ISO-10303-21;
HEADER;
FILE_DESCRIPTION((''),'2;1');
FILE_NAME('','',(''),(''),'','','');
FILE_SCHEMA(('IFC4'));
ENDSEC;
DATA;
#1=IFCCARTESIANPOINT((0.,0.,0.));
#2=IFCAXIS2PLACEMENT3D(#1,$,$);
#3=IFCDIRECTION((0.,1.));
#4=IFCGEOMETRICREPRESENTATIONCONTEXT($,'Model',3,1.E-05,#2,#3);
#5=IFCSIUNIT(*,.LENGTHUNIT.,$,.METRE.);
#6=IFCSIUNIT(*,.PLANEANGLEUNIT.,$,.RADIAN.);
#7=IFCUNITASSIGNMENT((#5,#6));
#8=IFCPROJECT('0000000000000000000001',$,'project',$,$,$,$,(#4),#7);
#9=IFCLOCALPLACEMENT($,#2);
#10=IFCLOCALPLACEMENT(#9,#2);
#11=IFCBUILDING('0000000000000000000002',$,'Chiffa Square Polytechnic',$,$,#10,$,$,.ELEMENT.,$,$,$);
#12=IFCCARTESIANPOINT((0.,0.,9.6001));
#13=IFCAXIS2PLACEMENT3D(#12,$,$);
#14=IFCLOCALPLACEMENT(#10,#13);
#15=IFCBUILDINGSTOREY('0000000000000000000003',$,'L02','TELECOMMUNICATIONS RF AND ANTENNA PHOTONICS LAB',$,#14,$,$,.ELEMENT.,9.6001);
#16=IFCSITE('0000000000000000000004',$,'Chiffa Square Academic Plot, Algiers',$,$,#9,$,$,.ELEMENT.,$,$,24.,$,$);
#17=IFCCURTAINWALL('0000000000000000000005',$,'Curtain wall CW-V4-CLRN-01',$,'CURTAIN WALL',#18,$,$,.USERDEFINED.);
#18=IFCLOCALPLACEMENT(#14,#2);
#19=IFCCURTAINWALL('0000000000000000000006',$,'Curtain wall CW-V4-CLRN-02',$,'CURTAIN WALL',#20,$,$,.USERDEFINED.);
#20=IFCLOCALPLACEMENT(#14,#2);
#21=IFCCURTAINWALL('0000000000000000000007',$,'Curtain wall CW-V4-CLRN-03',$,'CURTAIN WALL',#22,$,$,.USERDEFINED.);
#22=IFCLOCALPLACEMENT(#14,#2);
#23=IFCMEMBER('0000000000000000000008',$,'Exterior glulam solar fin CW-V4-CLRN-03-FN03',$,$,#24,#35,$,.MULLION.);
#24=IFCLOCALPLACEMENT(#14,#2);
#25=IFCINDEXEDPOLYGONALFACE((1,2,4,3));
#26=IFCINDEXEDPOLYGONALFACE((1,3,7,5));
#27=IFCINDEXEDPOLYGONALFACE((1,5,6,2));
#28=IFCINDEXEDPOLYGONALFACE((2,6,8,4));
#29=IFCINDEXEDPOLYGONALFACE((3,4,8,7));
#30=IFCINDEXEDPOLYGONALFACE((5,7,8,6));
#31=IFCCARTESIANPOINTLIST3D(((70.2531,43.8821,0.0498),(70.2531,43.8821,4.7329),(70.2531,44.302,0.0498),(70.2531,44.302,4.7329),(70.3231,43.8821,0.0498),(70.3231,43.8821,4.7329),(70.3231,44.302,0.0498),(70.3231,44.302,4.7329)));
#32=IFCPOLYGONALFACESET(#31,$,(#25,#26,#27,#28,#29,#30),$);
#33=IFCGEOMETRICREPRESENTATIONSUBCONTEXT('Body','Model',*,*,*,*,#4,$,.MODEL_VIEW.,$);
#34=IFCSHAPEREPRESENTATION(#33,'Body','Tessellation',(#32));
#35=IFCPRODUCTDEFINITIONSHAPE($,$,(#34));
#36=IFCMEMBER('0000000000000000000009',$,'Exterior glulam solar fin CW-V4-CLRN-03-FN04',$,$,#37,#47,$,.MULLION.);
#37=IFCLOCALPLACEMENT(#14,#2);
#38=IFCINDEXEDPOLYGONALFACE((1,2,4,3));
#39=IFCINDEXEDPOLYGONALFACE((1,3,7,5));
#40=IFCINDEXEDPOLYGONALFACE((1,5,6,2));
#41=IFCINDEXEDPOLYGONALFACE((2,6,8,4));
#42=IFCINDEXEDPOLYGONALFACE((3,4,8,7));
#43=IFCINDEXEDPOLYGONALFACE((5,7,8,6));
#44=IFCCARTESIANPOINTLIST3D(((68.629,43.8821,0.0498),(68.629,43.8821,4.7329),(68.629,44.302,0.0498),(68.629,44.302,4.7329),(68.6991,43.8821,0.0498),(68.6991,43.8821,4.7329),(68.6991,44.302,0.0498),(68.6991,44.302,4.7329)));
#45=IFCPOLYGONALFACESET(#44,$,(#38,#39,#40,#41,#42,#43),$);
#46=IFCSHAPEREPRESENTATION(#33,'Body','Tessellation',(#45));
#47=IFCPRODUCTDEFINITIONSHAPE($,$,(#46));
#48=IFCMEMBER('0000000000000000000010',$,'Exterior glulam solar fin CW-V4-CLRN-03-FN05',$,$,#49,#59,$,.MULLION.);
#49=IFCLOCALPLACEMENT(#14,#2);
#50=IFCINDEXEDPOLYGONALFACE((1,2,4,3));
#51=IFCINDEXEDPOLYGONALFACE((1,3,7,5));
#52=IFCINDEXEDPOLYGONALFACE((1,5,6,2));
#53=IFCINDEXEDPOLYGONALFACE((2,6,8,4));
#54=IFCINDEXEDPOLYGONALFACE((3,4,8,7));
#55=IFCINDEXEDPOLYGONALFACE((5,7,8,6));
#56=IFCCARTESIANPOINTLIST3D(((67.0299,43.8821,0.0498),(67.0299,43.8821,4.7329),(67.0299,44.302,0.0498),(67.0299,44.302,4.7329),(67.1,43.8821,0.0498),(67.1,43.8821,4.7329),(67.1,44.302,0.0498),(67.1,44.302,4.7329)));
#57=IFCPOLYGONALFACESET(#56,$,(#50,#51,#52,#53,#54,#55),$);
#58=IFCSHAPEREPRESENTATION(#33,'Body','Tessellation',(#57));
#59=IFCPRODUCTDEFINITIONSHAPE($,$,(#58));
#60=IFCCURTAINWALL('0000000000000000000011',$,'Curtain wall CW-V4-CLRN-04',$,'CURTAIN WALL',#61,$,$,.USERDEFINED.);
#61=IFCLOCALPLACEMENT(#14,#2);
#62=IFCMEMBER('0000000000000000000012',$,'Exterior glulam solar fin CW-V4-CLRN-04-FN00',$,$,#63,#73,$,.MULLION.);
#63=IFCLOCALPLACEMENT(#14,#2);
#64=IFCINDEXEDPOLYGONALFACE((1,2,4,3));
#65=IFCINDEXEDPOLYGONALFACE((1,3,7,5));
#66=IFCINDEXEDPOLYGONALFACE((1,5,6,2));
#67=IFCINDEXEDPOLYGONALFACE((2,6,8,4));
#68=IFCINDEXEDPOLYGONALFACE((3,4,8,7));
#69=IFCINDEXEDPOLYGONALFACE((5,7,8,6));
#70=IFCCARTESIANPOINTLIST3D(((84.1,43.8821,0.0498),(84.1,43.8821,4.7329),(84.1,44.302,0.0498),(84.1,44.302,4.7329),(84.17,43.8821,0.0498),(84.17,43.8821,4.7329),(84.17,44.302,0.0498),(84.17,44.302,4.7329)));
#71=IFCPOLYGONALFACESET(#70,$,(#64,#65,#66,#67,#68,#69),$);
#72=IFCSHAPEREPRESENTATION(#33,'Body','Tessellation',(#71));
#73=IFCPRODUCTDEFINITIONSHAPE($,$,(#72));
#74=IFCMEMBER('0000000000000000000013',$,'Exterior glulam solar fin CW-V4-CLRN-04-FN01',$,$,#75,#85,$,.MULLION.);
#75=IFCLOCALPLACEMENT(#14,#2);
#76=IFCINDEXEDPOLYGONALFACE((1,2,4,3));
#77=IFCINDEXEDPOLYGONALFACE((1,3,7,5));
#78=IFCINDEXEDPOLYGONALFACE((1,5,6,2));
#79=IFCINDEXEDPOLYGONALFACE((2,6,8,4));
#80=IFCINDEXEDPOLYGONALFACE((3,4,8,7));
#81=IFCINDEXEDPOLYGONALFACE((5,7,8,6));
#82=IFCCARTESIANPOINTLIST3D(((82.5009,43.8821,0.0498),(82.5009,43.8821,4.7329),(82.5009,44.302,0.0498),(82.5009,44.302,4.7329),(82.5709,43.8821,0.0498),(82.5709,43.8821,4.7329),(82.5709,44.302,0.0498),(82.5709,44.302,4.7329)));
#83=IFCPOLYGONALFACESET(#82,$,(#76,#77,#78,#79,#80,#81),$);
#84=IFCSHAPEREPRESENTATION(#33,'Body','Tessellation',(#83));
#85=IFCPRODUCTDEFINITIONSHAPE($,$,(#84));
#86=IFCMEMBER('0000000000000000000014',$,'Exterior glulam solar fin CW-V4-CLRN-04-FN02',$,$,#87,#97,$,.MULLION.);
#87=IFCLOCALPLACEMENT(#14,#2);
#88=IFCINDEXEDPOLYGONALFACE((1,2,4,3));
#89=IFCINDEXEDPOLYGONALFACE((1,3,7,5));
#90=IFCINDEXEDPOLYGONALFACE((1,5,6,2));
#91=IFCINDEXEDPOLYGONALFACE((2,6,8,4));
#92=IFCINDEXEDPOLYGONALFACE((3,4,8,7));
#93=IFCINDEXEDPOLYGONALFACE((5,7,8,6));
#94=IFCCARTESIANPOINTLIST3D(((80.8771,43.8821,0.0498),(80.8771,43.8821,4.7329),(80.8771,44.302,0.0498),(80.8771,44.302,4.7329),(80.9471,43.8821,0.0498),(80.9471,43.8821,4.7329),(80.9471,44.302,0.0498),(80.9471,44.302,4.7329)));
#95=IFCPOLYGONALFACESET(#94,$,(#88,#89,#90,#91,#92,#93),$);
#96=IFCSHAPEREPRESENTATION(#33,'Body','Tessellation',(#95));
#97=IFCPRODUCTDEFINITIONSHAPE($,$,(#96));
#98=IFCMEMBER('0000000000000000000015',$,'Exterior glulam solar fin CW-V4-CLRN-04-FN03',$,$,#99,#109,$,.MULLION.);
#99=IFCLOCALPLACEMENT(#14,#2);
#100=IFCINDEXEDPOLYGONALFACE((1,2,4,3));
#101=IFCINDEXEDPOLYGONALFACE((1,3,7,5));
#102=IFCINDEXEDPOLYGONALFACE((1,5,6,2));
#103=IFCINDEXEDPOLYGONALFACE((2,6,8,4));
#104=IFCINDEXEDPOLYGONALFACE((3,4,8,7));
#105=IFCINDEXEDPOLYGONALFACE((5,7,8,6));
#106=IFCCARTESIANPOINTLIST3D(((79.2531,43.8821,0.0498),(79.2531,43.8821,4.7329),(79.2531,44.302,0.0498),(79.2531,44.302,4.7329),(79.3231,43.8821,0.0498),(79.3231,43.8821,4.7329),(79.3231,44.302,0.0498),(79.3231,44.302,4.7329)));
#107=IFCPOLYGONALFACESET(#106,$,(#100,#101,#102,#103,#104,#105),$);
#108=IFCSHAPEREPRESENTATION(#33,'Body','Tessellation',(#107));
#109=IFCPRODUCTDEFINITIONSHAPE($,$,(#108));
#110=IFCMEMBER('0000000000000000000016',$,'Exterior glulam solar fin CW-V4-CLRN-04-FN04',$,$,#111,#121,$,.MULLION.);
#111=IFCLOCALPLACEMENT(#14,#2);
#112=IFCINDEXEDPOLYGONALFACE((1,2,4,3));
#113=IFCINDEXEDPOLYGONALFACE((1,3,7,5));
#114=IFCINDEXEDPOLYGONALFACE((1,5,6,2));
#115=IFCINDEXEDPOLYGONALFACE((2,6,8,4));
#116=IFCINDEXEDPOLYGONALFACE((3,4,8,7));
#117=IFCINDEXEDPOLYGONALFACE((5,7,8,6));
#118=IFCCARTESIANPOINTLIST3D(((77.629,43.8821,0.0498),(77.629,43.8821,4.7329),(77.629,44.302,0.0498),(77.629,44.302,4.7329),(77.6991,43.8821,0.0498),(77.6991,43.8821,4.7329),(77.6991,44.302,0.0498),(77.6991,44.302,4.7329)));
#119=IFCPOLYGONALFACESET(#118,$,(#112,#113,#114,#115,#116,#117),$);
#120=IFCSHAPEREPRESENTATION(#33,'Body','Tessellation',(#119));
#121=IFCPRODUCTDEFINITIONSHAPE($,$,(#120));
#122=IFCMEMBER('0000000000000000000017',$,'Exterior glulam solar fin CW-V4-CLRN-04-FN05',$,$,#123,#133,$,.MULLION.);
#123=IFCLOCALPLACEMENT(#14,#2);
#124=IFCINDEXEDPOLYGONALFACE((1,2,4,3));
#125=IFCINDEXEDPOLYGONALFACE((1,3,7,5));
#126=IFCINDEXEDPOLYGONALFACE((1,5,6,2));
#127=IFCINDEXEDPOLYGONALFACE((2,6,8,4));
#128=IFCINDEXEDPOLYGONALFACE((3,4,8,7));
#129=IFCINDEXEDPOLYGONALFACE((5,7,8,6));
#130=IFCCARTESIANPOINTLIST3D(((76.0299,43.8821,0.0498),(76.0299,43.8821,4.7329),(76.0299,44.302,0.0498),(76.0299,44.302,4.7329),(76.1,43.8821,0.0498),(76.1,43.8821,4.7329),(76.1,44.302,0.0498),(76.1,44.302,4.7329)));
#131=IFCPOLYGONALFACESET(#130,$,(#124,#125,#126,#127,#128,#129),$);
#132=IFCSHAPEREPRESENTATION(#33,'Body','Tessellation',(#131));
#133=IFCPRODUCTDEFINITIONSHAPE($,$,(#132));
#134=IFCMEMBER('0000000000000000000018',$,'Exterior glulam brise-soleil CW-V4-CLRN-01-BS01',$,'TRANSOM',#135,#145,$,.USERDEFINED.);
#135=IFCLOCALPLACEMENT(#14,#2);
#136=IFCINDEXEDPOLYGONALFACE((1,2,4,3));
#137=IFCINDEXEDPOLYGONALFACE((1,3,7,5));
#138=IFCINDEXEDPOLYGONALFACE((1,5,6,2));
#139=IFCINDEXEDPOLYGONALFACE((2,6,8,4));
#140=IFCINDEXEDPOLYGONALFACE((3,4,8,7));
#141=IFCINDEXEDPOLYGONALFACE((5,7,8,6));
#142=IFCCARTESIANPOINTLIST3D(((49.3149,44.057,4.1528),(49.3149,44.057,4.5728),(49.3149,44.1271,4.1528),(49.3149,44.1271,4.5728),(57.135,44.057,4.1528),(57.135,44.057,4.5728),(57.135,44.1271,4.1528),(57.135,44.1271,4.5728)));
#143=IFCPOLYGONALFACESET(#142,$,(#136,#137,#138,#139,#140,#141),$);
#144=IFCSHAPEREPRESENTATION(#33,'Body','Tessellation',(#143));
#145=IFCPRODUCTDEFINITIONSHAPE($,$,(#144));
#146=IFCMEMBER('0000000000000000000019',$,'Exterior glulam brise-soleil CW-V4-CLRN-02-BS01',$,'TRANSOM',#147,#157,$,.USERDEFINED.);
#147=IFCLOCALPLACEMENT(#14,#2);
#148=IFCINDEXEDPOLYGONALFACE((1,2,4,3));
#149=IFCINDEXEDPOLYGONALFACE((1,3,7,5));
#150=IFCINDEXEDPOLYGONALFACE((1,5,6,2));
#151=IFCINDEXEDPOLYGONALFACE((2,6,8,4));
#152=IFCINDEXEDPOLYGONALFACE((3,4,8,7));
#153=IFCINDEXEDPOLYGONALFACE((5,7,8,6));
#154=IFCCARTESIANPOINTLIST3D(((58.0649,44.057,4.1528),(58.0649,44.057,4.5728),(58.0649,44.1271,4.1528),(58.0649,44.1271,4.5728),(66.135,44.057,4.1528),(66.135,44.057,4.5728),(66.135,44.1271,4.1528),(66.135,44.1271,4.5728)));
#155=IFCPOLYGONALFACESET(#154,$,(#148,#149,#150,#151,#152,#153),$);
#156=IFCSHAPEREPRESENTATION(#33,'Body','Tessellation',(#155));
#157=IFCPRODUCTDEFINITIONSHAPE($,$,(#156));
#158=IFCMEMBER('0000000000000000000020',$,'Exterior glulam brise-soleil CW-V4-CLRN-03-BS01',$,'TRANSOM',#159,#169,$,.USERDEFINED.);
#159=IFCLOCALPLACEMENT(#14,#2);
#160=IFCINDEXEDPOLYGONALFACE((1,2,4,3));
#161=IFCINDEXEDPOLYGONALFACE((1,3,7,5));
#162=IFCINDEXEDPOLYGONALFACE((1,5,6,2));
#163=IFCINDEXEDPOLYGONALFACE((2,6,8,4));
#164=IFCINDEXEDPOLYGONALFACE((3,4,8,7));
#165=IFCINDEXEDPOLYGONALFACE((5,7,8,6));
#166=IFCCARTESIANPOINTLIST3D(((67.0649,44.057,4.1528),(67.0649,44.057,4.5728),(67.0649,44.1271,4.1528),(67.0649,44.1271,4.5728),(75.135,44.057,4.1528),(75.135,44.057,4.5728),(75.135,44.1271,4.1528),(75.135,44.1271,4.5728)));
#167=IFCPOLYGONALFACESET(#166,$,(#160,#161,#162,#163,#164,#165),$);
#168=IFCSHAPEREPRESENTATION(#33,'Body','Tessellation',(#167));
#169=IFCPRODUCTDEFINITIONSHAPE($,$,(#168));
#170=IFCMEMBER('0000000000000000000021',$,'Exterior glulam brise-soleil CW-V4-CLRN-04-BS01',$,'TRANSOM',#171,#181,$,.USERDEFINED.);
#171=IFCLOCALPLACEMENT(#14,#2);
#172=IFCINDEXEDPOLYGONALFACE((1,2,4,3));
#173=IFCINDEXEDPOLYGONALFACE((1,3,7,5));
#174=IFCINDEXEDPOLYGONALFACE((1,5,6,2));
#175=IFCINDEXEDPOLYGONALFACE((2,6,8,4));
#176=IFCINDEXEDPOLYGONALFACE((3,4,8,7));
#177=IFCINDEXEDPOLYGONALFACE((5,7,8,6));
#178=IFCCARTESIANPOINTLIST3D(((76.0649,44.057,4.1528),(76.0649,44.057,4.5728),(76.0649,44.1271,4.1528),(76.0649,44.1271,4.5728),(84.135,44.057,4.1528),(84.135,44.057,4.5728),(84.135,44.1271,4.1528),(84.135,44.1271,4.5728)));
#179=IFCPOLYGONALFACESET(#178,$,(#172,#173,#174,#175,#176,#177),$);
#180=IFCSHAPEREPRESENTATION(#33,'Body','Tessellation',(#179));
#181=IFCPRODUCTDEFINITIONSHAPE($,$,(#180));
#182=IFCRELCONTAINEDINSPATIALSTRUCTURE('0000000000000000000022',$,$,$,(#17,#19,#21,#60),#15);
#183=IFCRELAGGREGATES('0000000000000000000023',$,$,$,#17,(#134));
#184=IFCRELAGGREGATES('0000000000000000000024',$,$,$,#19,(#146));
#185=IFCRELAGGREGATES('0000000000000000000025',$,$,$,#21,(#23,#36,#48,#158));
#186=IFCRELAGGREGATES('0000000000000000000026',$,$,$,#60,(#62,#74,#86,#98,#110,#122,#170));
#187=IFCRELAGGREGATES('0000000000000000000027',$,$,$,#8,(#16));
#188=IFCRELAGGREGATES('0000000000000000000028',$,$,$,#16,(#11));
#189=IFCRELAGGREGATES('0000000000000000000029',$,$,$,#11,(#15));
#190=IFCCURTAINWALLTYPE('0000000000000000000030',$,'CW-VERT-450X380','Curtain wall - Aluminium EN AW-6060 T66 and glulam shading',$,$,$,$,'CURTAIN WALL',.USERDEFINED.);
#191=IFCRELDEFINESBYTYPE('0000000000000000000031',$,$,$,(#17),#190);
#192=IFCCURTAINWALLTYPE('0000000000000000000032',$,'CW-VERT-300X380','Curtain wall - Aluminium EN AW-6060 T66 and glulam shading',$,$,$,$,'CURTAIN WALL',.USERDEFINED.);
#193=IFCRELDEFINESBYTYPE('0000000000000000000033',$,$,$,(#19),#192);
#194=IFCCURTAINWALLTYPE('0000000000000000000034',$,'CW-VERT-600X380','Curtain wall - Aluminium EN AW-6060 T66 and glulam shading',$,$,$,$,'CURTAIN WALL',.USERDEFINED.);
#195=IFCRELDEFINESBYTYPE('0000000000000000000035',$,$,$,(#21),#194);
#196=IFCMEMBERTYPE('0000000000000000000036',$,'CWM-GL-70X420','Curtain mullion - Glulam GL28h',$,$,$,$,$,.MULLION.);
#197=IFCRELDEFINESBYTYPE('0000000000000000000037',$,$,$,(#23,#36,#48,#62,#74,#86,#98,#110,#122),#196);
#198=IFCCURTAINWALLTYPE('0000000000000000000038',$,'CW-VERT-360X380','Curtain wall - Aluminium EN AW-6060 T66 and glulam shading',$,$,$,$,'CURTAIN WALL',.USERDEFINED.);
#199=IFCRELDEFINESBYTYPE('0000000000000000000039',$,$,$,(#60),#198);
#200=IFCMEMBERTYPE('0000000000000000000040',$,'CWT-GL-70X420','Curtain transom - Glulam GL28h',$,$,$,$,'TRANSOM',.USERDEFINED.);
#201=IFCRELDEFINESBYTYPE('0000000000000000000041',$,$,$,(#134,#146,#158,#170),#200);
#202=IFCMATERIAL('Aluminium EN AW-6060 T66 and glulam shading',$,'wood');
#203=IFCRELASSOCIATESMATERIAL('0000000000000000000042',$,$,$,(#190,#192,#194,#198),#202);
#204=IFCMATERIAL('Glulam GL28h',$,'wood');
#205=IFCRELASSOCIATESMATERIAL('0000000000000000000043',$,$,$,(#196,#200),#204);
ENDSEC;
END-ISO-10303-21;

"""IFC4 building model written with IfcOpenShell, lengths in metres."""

from ifc_helpers import new_model, si_unit, direction, frame, origin, origin_2d, place, context, subcontext, project, spatial, rectangle, extrude, material, material_profile, profile_set, type_object, element, aggregate, save


model = new_model("IFC4")

# Units and contexts
model_context = context("Model", 3, precision=1e-05, world=origin(), true_north=direction((0.0, 1.0)))
body_context = subcontext(model_context, "Body", "Model", "MODEL_VIEW")
ifc_project = project(units=[si_unit("LENGTHUNIT", "METRE"), si_unit("PLANEANGLEUNIT", "RADIAN")], contexts=[model_context])

# Site, building, storey
site_placement = place(None, origin())
site = spatial("IfcSite", under=ifc_project, at=site_placement, Name="Chiffa Square Academic Plot, Algiers", CompositionType="ELEMENT", RefElevation=24.0)
building_placement = place(site_placement, origin())
building = spatial("IfcBuilding", under=site, at=building_placement, Name="Chiffa Square Polytechnic", CompositionType="ELEMENT")
storey_placement = place(building_placement, frame((0.0, 0.0, 9.6001)))
storey = spatial("IfcBuildingStorey", under=building, at=storey_placement, Name="L02", Description="TELECOMMUNICATIONS RF AND ANTENNA PHOTONICS LAB", CompositionType="ELEMENT", Elevation=9.6001)

# Curtain walls, members
ifc_material_1 = material(Name="Aluminium EN AW-6060 T66 and glulam shading", Category="wood")
curtain_wall_type_1 = type_object("IfcCurtainWallType", Name="CW-VERT-450X380", Description="Curtain wall - Aluminium EN AW-6060 T66 and glulam shading", ElementType="CURTAIN WALL", PredefinedType="USERDEFINED", material=ifc_material_1)
curtain_wall_1_placement = place(storey_placement, origin())
curtain_wall_1 = element("IfcCurtainWall", 1, at=curtain_wall_1_placement, inside=storey, type_object=curtain_wall_type_1, Name="Curtain wall CW-V4-CLRN-01", ObjectType="CURTAIN WALL", PredefinedType="USERDEFINED")
ifc_material_2 = material(Name="Glulam GL28h", Category="wood")
ifc_material_profile_1 = material_profile(ifc_material_2, rectangle(XDim=0.0701, YDim=0.4199, at=origin_2d()), Name="GL28h 70x420")
ifc_profile_set_1 = profile_set([ifc_material_profile_1], Name="Glulam GL28h")
member_type_1 = type_object("IfcMemberType", Name="CWM-GL-70X420", Description="Curtain mullion - Glulam GL28h", PredefinedType="MULLION", material=ifc_profile_set_1)
curtain_wall_type_2 = type_object("IfcCurtainWallType", Name="CW-VERT-300X380", Description="Curtain wall - Aluminium EN AW-6060 T66 and glulam shading", ElementType="CURTAIN WALL", PredefinedType="USERDEFINED", material=ifc_material_1)
curtain_wall_2_placement = place(storey_placement, origin())
curtain_wall_2 = element("IfcCurtainWall", 2, at=curtain_wall_2_placement, inside=storey, type_object=curtain_wall_type_2, Name="Curtain wall CW-V4-CLRN-02", ObjectType="CURTAIN WALL", PredefinedType="USERDEFINED")
curtain_wall_type_3 = type_object("IfcCurtainWallType", Name="CW-VERT-600X380", Description="Curtain wall - Aluminium EN AW-6060 T66 and glulam shading", ElementType="CURTAIN WALL", PredefinedType="USERDEFINED", material=ifc_material_1)
curtain_wall_3_placement = place(storey_placement, origin())
curtain_wall_3 = element("IfcCurtainWall", 3, at=curtain_wall_3_placement, inside=storey, type_object=curtain_wall_type_3, Name="Curtain wall CW-V4-CLRN-03", ObjectType="CURTAIN WALL", PredefinedType="USERDEFINED")
member_1_placement = place(storey_placement, frame((70.2881, 44.092, 0.0498), z_axis=(0.0, 0.0, 1.0), x_axis=(-1.0, 0.0, 0.0)))
member_1 = element("IfcMember", 4, at=member_1_placement, type_object=member_type_1, Name="Exterior glulam solar fin CW-V4-CLRN-03-FN03", PredefinedType="MULLION", context=body_context, shape_type="SweptSolid", body=[
    extrude(rectangle(XDim=0.0701, YDim=0.4199, at=origin_2d()), origin(), (0.0, 0.0, 1.0), 4.6831),
])
member_2_placement = place(storey_placement, frame((68.6641, 44.092, 0.0498), z_axis=(0.0, 0.0, 1.0), x_axis=(-1.0, 0.0, 0.0)))
member_2 = element("IfcMember", 5, at=member_2_placement, type_object=member_type_1, Name="Exterior glulam solar fin CW-V4-CLRN-03-FN04", PredefinedType="MULLION", context=body_context, shape_type="SweptSolid", body=[
    extrude(rectangle(XDim=0.0701, YDim=0.4199, at=origin_2d()), origin(), (0.0, 0.0, 1.0), 4.6831),
])
member_3_placement = place(storey_placement, frame((67.0649, 44.092, 0.0498), z_axis=(0.0, 0.0, 1.0), x_axis=(-1.0, 0.0, 0.0)))
member_3 = element("IfcMember", 6, at=member_3_placement, type_object=member_type_1, Name="Exterior glulam solar fin CW-V4-CLRN-03-FN05", PredefinedType="MULLION", context=body_context, shape_type="SweptSolid", body=[
    extrude(rectangle(XDim=0.0701, YDim=0.4199, at=origin_2d()), origin(), (0.0, 0.0, 1.0), 4.6831),
])
curtain_wall_type_4 = type_object("IfcCurtainWallType", Name="CW-VERT-360X380", Description="Curtain wall - Aluminium EN AW-6060 T66 and glulam shading", ElementType="CURTAIN WALL", PredefinedType="USERDEFINED", material=ifc_material_1)
curtain_wall_4_placement = place(storey_placement, origin())
curtain_wall_4 = element("IfcCurtainWall", 7, at=curtain_wall_4_placement, inside=storey, type_object=curtain_wall_type_4, Name="Curtain wall CW-V4-CLRN-04", ObjectType="CURTAIN WALL", PredefinedType="USERDEFINED")
member_4_placement = place(storey_placement, frame((84.135, 44.092, 0.0498), z_axis=(0.0, 0.0, 1.0), x_axis=(-1.0, 0.0, 0.0)))
member_4 = element("IfcMember", 8, at=member_4_placement, type_object=member_type_1, Name="Exterior glulam solar fin CW-V4-CLRN-04-FN00", PredefinedType="MULLION", context=body_context, shape_type="SweptSolid", body=[
    extrude(rectangle(XDim=0.0701, YDim=0.4199, at=origin_2d()), origin(), (0.0, 0.0, 1.0), 4.6831),
])
member_5_placement = place(storey_placement, frame((82.5359, 44.092, 0.0498), z_axis=(0.0, 0.0, 1.0), x_axis=(-1.0, 0.0, 0.0)))
member_5 = element("IfcMember", 9, at=member_5_placement, type_object=member_type_1, Name="Exterior glulam solar fin CW-V4-CLRN-04-FN01", PredefinedType="MULLION", context=body_context, shape_type="SweptSolid", body=[
    extrude(rectangle(XDim=0.0701, YDim=0.4199, at=origin_2d()), origin(), (0.0, 0.0, 1.0), 4.6831),
])
member_6_placement = place(storey_placement, frame((80.9121, 44.092, 0.0498), z_axis=(0.0, 0.0, 1.0), x_axis=(-1.0, 0.0, 0.0)))
member_6 = element("IfcMember", 10, at=member_6_placement, type_object=member_type_1, Name="Exterior glulam solar fin CW-V4-CLRN-04-FN02", PredefinedType="MULLION", context=body_context, shape_type="SweptSolid", body=[
    extrude(rectangle(XDim=0.0701, YDim=0.4199, at=origin_2d()), origin(), (0.0, 0.0, 1.0), 4.6831),
])
member_7_placement = place(storey_placement, frame((79.2881, 44.092, 0.0498), z_axis=(0.0, 0.0, 1.0), x_axis=(-1.0, 0.0, 0.0)))
member_7 = element("IfcMember", 11, at=member_7_placement, type_object=member_type_1, Name="Exterior glulam solar fin CW-V4-CLRN-04-FN03", PredefinedType="MULLION", context=body_context, shape_type="SweptSolid", body=[
    extrude(rectangle(XDim=0.0701, YDim=0.4199, at=origin_2d()), origin(), (0.0, 0.0, 1.0), 4.6831),
])
member_8_placement = place(storey_placement, frame((77.6641, 44.092, 0.0498), z_axis=(0.0, 0.0, 1.0), x_axis=(-1.0, 0.0, 0.0)))
member_8 = element("IfcMember", 12, at=member_8_placement, type_object=member_type_1, Name="Exterior glulam solar fin CW-V4-CLRN-04-FN04", PredefinedType="MULLION", context=body_context, shape_type="SweptSolid", body=[
    extrude(rectangle(XDim=0.0701, YDim=0.4199, at=origin_2d()), origin(), (0.0, 0.0, 1.0), 4.6831),
])
member_9_placement = place(storey_placement, frame((76.0649, 44.092, 0.0498), z_axis=(0.0, 0.0, 1.0), x_axis=(-1.0, 0.0, 0.0)))
member_9 = element("IfcMember", 13, at=member_9_placement, type_object=member_type_1, Name="Exterior glulam solar fin CW-V4-CLRN-04-FN05", PredefinedType="MULLION", context=body_context, shape_type="SweptSolid", body=[
    extrude(rectangle(XDim=0.0701, YDim=0.4199, at=origin_2d()), origin(), (0.0, 0.0, 1.0), 4.6831),
])

# Members
ifc_material_profile_2 = material_profile(ifc_material_2, rectangle(XDim=0.0701, YDim=0.4199, at=origin_2d()), Name="GL28h 70x420")
ifc_profile_set_2 = profile_set([ifc_material_profile_2], Name="Glulam GL28h")
member_type_2 = type_object("IfcMemberType", Name="CWT-GL-70X420", Description="Curtain transom - Glulam GL28h", ElementType="TRANSOM", PredefinedType="USERDEFINED", material=ifc_profile_set_2)
member_10_placement = place(storey_placement, frame((57.135, 44.092, 4.3628), z_axis=(-1.0, 0.0, 0.0), x_axis=(0.0, -1.0, 0.0)))
member_10 = element("IfcMember", 14, at=member_10_placement, type_object=member_type_2, Name="Exterior glulam brise-soleil CW-V4-CLRN-01-BS01", ObjectType="TRANSOM", PredefinedType="USERDEFINED", context=body_context, shape_type="SweptSolid", body=[
    extrude(rectangle(XDim=0.0701, YDim=0.4199, at=origin_2d()), origin(), (0.0, 0.0, 1.0), 7.8201),
])
aggregate(curtain_wall_1, [member_10])
member_11_placement = place(storey_placement, frame((66.135, 44.092, 4.3628), z_axis=(-1.0, 0.0, 0.0), x_axis=(0.0, -1.0, 0.0)))
member_11 = element("IfcMember", 15, at=member_11_placement, type_object=member_type_2, Name="Exterior glulam brise-soleil CW-V4-CLRN-02-BS01", ObjectType="TRANSOM", PredefinedType="USERDEFINED", context=body_context, shape_type="SweptSolid", body=[
    extrude(rectangle(XDim=0.0701, YDim=0.4199, at=origin_2d()), origin(), (0.0, 0.0, 1.0), 8.0701),
])
aggregate(curtain_wall_2, [member_11])
member_12_placement = place(storey_placement, frame((75.135, 44.092, 4.3628), z_axis=(-1.0, 0.0, 0.0), x_axis=(0.0, -1.0, 0.0)))
member_12 = element("IfcMember", 16, at=member_12_placement, type_object=member_type_2, Name="Exterior glulam brise-soleil CW-V4-CLRN-03-BS01", ObjectType="TRANSOM", PredefinedType="USERDEFINED", context=body_context, shape_type="SweptSolid", body=[
    extrude(rectangle(XDim=0.0701, YDim=0.4199, at=origin_2d()), origin(), (0.0, 0.0, 1.0), 8.0701),
])
aggregate(curtain_wall_3, [member_1, member_2, member_3, member_12])
member_13_placement = place(storey_placement, frame((84.135, 44.092, 4.3628), z_axis=(-1.0, 0.0, 0.0), x_axis=(0.0, -1.0, 0.0)))
member_13 = element("IfcMember", 17, at=member_13_placement, type_object=member_type_2, Name="Exterior glulam brise-soleil CW-V4-CLRN-04-BS01", ObjectType="TRANSOM", PredefinedType="USERDEFINED", context=body_context, shape_type="SweptSolid", body=[
    extrude(rectangle(XDim=0.0701, YDim=0.4199, at=origin_2d()), origin(), (0.0, 0.0, 1.0), 8.0701),
])
aggregate(curtain_wall_4, [member_4, member_5, member_6, member_7, member_8, member_9, member_13])

save(model, "model.ifc")
